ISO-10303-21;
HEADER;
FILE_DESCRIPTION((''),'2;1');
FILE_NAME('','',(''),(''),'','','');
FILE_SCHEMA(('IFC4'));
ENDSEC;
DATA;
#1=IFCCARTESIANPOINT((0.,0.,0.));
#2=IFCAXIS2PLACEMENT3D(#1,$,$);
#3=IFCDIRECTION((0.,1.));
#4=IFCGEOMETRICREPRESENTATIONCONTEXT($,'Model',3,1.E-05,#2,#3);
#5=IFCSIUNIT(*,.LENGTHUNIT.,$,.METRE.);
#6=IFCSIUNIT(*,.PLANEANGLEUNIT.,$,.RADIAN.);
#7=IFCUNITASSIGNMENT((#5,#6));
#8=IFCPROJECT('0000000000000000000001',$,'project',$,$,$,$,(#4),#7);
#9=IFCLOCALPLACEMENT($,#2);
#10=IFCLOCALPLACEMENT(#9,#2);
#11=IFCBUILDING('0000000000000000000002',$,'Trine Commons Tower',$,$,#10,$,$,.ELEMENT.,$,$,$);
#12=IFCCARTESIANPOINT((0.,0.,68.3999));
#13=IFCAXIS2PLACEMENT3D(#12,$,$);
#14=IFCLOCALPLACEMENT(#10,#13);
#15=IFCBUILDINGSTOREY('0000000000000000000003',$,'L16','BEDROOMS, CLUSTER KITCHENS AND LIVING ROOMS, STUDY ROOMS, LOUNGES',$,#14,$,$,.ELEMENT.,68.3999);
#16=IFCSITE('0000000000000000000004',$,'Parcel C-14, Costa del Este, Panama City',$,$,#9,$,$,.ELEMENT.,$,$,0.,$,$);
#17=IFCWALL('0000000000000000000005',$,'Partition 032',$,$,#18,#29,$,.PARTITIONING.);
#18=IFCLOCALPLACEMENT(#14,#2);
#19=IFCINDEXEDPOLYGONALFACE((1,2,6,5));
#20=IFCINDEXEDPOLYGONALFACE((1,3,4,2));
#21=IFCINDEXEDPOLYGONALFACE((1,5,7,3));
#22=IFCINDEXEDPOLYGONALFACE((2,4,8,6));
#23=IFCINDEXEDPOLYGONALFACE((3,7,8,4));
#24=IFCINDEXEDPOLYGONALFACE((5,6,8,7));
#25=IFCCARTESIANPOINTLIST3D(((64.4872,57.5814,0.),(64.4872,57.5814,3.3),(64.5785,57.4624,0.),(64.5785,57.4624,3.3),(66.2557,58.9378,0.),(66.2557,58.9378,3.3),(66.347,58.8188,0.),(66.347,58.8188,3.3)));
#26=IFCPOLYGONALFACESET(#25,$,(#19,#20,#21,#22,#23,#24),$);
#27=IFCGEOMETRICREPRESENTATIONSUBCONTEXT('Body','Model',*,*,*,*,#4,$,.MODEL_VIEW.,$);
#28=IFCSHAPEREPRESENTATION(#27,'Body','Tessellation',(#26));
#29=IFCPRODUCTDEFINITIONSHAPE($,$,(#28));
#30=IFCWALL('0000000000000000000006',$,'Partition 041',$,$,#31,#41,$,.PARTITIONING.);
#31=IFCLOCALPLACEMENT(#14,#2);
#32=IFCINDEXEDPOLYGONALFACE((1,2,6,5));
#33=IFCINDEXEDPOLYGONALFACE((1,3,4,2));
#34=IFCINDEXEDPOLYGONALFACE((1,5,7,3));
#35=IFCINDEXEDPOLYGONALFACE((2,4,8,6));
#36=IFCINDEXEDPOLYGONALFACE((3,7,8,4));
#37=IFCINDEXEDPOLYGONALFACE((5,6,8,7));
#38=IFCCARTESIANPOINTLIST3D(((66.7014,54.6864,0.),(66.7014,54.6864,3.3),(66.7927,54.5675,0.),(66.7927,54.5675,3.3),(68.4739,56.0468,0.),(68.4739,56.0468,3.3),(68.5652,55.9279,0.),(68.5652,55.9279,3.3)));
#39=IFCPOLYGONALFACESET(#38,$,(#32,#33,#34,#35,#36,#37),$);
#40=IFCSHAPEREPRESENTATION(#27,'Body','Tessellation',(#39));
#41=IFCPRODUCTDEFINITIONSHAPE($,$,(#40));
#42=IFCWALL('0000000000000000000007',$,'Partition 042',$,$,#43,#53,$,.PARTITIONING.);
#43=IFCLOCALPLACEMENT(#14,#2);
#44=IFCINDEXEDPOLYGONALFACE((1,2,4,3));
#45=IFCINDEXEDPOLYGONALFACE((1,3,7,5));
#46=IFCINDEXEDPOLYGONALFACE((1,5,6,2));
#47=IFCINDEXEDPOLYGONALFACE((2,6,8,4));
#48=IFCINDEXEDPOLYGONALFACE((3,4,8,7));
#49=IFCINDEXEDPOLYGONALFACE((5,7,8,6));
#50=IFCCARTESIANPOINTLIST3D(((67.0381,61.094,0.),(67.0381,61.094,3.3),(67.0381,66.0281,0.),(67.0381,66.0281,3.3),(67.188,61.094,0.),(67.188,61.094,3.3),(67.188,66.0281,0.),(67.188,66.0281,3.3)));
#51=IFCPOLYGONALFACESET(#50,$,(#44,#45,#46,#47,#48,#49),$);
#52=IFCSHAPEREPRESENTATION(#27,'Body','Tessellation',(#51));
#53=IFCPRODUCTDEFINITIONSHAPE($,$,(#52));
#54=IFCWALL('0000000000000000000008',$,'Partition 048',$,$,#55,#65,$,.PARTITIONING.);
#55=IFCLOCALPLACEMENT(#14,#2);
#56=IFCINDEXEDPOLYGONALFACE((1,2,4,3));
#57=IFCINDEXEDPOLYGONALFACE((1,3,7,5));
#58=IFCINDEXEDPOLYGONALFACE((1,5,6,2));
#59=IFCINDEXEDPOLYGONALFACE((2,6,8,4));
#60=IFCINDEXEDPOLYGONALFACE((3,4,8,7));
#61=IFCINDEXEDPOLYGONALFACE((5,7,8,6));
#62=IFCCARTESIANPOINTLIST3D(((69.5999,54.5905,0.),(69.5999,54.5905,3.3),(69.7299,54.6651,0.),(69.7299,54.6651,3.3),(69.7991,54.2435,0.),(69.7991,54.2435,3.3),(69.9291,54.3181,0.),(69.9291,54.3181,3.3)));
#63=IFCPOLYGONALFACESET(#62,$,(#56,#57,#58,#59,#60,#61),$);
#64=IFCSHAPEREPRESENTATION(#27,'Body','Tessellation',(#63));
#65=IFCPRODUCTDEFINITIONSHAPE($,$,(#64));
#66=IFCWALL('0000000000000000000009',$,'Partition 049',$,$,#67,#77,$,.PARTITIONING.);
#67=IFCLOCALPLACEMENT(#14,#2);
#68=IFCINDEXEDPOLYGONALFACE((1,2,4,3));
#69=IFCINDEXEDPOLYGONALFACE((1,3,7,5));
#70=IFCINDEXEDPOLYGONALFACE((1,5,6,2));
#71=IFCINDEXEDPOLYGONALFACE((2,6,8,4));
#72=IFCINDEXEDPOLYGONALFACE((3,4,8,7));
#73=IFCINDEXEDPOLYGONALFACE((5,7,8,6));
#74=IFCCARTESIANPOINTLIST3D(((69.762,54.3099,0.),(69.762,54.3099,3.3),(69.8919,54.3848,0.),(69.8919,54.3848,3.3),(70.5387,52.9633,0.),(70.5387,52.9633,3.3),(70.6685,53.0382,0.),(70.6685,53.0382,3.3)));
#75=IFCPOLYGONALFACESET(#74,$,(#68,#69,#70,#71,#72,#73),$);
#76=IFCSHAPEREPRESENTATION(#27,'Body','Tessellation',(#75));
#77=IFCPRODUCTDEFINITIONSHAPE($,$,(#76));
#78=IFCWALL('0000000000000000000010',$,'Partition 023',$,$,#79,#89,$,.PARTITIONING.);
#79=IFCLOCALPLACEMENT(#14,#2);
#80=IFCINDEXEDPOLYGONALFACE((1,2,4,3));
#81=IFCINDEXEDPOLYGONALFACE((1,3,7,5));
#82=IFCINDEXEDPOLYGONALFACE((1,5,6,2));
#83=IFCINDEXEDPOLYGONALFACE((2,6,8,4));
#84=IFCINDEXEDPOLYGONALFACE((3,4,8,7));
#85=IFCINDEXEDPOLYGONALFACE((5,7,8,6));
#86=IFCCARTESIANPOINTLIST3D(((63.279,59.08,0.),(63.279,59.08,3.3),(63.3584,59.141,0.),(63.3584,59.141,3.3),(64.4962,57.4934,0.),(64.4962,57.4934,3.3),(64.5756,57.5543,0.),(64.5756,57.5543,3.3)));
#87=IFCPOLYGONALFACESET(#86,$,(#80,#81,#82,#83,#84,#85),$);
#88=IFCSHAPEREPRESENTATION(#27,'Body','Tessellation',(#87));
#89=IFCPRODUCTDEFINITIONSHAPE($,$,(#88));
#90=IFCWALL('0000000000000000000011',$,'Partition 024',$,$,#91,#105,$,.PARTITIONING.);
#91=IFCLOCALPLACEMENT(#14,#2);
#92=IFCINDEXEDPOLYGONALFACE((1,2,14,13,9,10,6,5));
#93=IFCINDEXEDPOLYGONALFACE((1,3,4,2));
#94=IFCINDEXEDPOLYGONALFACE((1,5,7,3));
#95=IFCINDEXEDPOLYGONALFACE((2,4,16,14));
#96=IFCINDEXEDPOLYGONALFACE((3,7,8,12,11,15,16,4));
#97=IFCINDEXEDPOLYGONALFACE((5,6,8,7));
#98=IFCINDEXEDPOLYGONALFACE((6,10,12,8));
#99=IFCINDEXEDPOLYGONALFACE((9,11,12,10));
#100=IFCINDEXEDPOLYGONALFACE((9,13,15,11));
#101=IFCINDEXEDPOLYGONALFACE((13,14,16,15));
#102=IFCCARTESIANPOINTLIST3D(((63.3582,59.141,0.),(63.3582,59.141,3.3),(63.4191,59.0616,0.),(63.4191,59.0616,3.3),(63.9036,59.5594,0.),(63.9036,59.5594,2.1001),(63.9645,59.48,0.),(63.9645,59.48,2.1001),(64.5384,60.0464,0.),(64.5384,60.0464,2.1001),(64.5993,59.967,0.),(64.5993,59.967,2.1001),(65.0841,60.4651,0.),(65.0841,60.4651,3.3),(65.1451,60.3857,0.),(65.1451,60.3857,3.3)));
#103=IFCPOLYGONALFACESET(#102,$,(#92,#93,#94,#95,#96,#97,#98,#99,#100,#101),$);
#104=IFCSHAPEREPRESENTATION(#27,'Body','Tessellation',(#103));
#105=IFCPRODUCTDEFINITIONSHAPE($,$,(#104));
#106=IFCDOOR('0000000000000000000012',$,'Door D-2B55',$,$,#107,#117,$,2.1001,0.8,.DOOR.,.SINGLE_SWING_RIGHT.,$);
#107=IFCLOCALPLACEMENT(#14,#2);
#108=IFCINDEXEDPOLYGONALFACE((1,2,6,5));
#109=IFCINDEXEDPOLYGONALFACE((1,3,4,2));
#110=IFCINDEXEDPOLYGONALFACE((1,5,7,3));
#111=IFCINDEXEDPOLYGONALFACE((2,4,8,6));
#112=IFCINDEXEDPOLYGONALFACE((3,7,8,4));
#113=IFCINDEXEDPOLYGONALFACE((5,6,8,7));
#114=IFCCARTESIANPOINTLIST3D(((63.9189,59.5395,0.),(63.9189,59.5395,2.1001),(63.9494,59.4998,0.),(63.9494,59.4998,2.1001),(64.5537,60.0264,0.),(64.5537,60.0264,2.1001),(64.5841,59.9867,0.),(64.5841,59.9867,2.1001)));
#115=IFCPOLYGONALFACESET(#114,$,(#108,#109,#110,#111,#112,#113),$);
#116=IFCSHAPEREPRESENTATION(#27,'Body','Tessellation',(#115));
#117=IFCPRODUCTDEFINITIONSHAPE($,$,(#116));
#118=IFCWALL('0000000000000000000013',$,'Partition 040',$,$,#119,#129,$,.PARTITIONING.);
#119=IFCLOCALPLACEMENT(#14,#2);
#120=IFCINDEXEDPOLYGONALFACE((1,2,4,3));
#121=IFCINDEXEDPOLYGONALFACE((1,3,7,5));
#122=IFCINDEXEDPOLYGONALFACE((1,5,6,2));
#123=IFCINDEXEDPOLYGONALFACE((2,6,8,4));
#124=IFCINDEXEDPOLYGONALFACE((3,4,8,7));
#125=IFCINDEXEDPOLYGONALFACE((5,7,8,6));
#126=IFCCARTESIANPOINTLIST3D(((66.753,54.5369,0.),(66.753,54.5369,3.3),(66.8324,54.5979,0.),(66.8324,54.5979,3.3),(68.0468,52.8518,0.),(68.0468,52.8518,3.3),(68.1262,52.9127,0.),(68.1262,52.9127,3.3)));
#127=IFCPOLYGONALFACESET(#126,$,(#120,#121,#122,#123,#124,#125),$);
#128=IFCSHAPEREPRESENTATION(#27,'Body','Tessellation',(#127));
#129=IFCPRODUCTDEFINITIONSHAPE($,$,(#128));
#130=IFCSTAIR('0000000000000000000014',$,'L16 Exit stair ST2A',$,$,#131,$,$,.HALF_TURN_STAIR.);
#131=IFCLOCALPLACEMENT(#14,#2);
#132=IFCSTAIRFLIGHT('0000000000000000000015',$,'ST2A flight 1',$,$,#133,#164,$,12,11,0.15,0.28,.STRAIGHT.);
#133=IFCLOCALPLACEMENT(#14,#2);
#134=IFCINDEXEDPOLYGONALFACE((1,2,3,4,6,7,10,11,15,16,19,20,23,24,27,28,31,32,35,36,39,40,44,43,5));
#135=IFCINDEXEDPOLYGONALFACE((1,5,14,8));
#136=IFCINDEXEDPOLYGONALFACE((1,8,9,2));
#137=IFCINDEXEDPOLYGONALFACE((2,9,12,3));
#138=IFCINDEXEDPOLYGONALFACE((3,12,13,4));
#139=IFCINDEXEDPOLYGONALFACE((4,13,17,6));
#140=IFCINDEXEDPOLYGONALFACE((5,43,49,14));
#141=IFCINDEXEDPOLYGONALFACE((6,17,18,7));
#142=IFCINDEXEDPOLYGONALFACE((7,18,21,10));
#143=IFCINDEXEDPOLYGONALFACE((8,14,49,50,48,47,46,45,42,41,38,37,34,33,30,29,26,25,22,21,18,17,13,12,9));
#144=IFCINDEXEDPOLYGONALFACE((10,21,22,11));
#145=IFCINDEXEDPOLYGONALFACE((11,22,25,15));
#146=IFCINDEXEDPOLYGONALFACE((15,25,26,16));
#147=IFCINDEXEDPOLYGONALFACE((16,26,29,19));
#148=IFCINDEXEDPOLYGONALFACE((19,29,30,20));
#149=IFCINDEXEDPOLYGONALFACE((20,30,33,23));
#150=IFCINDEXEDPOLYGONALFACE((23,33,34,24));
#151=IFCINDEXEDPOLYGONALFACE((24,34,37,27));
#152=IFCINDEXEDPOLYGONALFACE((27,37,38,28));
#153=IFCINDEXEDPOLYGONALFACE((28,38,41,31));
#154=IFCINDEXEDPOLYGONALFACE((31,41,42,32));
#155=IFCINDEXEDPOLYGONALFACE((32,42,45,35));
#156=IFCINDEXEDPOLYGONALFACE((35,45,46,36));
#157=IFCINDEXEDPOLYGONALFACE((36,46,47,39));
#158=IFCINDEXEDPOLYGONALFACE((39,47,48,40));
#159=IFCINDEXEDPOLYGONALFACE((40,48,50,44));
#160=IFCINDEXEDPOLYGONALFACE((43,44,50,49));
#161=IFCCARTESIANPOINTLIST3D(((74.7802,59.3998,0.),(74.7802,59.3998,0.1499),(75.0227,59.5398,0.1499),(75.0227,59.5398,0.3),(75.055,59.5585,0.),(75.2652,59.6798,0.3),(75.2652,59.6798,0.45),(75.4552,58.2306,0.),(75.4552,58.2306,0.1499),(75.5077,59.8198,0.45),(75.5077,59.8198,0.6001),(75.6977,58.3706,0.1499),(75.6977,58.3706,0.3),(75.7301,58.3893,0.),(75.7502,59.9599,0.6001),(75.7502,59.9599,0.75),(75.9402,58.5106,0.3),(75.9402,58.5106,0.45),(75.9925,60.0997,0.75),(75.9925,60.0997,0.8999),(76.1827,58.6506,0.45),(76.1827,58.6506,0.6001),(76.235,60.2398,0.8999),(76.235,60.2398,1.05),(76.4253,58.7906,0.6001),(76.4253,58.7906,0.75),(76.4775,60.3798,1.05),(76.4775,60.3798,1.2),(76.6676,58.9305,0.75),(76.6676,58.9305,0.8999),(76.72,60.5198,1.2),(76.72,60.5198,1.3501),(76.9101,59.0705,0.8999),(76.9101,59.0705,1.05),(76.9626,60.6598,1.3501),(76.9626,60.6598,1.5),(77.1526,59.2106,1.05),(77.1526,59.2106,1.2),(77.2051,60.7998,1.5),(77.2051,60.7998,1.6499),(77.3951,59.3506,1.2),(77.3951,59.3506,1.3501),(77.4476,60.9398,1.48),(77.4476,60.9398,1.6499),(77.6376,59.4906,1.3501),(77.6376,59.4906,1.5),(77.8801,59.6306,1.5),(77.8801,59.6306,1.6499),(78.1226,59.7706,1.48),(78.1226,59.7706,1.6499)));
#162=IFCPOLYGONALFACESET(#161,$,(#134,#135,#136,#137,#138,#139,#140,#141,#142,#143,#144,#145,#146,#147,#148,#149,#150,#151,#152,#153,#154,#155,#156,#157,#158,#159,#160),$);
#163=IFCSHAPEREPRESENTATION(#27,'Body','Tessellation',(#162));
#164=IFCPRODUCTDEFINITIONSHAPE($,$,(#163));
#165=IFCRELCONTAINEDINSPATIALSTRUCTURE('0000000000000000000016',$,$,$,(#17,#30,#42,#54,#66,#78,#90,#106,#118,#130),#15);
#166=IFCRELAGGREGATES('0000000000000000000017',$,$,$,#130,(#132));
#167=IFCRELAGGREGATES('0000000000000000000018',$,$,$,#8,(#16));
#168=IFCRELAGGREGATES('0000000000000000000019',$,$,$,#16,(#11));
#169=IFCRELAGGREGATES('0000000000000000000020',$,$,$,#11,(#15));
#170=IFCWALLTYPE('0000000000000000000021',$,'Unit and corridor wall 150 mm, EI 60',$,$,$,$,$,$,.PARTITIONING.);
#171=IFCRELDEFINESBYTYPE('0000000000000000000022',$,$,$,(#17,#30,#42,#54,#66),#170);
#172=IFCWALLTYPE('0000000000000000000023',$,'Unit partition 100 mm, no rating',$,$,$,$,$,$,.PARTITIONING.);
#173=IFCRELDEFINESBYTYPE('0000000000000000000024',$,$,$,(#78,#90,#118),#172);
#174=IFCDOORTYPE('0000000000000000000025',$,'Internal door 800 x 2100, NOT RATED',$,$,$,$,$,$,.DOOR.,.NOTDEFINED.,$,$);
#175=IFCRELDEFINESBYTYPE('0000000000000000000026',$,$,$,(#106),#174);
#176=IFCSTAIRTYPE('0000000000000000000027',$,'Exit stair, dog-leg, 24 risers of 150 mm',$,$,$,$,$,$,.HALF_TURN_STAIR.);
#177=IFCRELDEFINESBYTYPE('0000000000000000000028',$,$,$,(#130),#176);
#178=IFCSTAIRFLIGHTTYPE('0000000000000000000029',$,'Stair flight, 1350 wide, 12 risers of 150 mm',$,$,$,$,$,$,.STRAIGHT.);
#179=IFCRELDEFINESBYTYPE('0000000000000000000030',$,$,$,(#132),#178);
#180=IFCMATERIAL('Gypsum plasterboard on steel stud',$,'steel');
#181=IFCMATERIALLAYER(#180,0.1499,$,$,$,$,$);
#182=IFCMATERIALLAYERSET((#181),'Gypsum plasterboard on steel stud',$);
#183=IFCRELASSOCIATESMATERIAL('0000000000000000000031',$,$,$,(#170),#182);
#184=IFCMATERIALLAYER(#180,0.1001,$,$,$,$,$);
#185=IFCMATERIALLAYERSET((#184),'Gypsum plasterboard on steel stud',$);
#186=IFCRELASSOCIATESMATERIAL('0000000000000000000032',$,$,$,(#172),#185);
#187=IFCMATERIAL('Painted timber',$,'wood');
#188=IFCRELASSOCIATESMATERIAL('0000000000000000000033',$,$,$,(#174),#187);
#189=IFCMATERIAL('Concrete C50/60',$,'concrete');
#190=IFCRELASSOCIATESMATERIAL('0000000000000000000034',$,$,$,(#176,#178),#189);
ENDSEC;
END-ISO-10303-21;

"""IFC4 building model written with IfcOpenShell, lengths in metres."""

from ifc_helpers import new_model, si_unit, direction, frame, frame_2d, origin, place, context, subcontext, project, spatial, polyline, rectangle, outline, extrude, material, layer, layer_set, type_object, element, fill, aggregate, save


model = new_model("IFC4")

# Units and contexts
model_context = context("Model", 3, precision=1e-05, world=origin(), true_north=direction((0.0, 1.0)))
body_context = subcontext(model_context, "Body", "Model", "MODEL_VIEW")
ifc_project = project(units=[si_unit("LENGTHUNIT", "METRE"), si_unit("PLANEANGLEUNIT", "RADIAN")], contexts=[model_context])

# Site, building, storey
site_placement = place(None, origin())
site = spatial("IfcSite", under=ifc_project, at=site_placement, Name="Parcel C-14, Costa del Este, Panama City", CompositionType="ELEMENT", RefElevation=0.0)
building_placement = place(site_placement, origin())
building = spatial("IfcBuilding", under=site, at=building_placement, Name="Trine Commons Tower", CompositionType="ELEMENT")
storey_placement = place(building_placement, frame((0.0, 0.0, 68.3999)))
storey = spatial("IfcBuildingStorey", under=building, at=storey_placement, Name="L16", Description="BEDROOMS, CLUSTER KITCHENS AND LIVING ROOMS, STUDY ROOMS, LOUNGES", CompositionType="ELEMENT", Elevation=68.3999)

# Walls
ifc_material_1 = material(Name="Gypsum plasterboard on steel stud", Category="steel")
ifc_layer_1 = layer(ifc_material_1, 0.1499)
ifc_layer_set_1 = layer_set([ifc_layer_1], Name="Gypsum plasterboard on steel stud")
wall_type_1 = type_object("IfcWallType", Name="Unit and corridor wall 150 mm, EI 60", PredefinedType="PARTITIONING", material=ifc_layer_set_1)
wall_1_placement = place(storey_placement, frame((64.533, 57.522, 0.0), z_axis=(0.0, 0.0, 1.0), x_axis=(0.793486, 0.608588, 0.0)))
element("IfcWall", 1, at=wall_1_placement, inside=storey, type_object=wall_type_1, Name="Partition 032", PredefinedType="PARTITIONING", context=body_context, shape_type="SweptSolid", body=[
    extrude(rectangle(XDim=2.2288, YDim=0.1499, at=frame_2d((1.1143, 0.0))), origin(), (0.0, 0.0, 1.0), 3.3),
])
wall_2_placement = place(storey_placement, frame((66.7471, 54.627, 0.0), z_axis=(0.0, 0.0, 1.0), x_axis=(0.79329, 0.608844, 0.0)))
element("IfcWall", 2, at=wall_2_placement, inside=storey, type_object=wall_type_1, Name="Partition 041", PredefinedType="PARTITIONING", context=body_context, shape_type="SweptSolid", body=[
    extrude(rectangle(XDim=2.2344, YDim=0.1499, at=frame_2d((1.1172, 0.0))), origin(), (0.0, 0.0, 1.0), 3.3),
])
wall_3_placement = place(storey_placement, frame((67.113, 61.094, 0.0), z_axis=(0.0, 0.0, 1.0), x_axis=(0.0, 1.0, 0.0)))
element("IfcWall", 3, at=wall_3_placement, inside=storey, type_object=wall_type_1, Name="Partition 042", PredefinedType="PARTITIONING", context=body_context, shape_type="SweptSolid", body=[
    extrude(rectangle(XDim=4.9341, YDim=0.1499, at=frame_2d((2.467, 0.0))), origin(), (0.0, 0.0, 1.0), 3.3),
])
wall_4_placement = place(storey_placement, frame((69.6648, 54.6279, 0.0), z_axis=(0.0, 0.0, 1.0), x_axis=(0.497978, -0.86719, 0.0)))
element("IfcWall", 4, at=wall_4_placement, inside=storey, type_object=wall_type_1, Name="Partition 048", PredefinedType="PARTITIONING", context=body_context, shape_type="SweptSolid", body=[
    extrude(rectangle(XDim=0.4001, YDim=0.1499, at=frame_2d((0.2002, 0.0))), origin(), (0.0, 0.0, 1.0), 3.3),
])
wall_5_placement = place(storey_placement, frame((69.8269, 54.3474, 0.0), z_axis=(0.0, 0.0, 1.0), x_axis=(0.499636, -0.866235, 0.0)))
element("IfcWall", 5, at=wall_5_placement, inside=storey, type_object=wall_type_1, Name="Partition 049", PredefinedType="PARTITIONING", context=body_context, shape_type="SweptSolid", body=[
    extrude(rectangle(XDim=1.5544, YDim=0.1499, at=frame_2d((0.7773, 0.0))), origin(), (0.0, 0.0, 1.0), 3.3),
])
ifc_layer_2 = layer(ifc_material_1, 0.1001)
ifc_layer_set_2 = layer_set([ifc_layer_2], Name="Gypsum plasterboard on steel stud")
wall_type_2 = type_object("IfcWallType", Name="Unit partition 100 mm, no rating", PredefinedType="PARTITIONING", material=ifc_layer_set_2)
wall_6_placement = place(storey_placement, frame((63.3186, 59.1106, 0.0), z_axis=(0.0, 0.0, 1.0), x_axis=(0.608695, -0.793404, 0.0)))
element("IfcWall", 6, at=wall_6_placement, inside=storey, type_object=wall_type_2, Name="Partition 023", PredefinedType="PARTITIONING", context=body_context, shape_type="SweptSolid", body=[
    extrude(rectangle(XDim=1.9998, YDim=0.1001, at=frame_2d((1.0, 0.0))), origin(), (0.0, 0.0, 1.0), 3.3),
])

# Wall, opening, door
wall_7_placement = place(storey_placement, frame((63.3887, 59.1013, 0.0), z_axis=(0.0, 0.0, 1.0), x_axis=(0.79342, 0.608674, 0.0)))
wall_7 = element("IfcWall", 7, at=wall_7_placement, inside=storey, type_object=wall_type_2, Name="Partition 024", PredefinedType="PARTITIONING", context=body_context, shape_type="SweptSolid", body=[
    extrude(rectangle(XDim=2.1753, YDim=0.1001, at=frame_2d((1.0876, 0.0))), origin(), (0.0, 0.0, 1.0), 3.3),
])
opening_1_placement = place(wall_7_placement, frame((0.6875, 0.0, 0.0)))
opening_1 = element("IfcOpeningElement", 8, at=opening_1_placement, cuts=wall_7, PredefinedType="OPENING", context=body_context, shape_type="SweptSolid", body=[
    extrude(rectangle(XDim=0.8, YDim=2.1001, at=frame_2d((0.3999, 1.05))), frame((0.0, 0.0601, 0.0), z_axis=(0.0, -1.0, 0.0), x_axis=(1.0, 0.0, 0.0)), (0.0, 0.0, 1.0), 0.1201),
])
ifc_material_2 = material(Name="Painted timber", Category="wood")
door_type_1 = type_object("IfcDoorType", Name="Internal door 800 x 2100, NOT RATED", OperationType="NOTDEFINED", PredefinedType="DOOR", material=ifc_material_2)
door_1_placement = place(opening_1_placement, origin())
door_1 = element("IfcDoor", 9, at=door_1_placement, inside=storey, type_object=door_type_1, Name="Door D-2B55", OperationType="SINGLE_SWING_RIGHT", OverallHeight=2.1001, OverallWidth=0.8, PredefinedType="DOOR", context=body_context, shape_type="SweptSolid", body=[
    extrude(rectangle(XDim=0.8, YDim=2.1001, at=frame_2d((0.3999, 1.05))), frame((0.0, 0.0249, 0.0), z_axis=(0.0, -1.0, 0.0), x_axis=(1.0, 0.0, 0.0)), (0.0, 0.0, 1.0), 0.05),
])
fill(opening_1, door_1)

# Wall
wall_8_placement = place(storey_placement, frame((66.7927, 54.5674, 0.0), z_axis=(0.0, 0.0, 1.0), x_axis=(0.608972, -0.793192, 0.0)))
element("IfcWall", 10, at=wall_8_placement, inside=storey, type_object=wall_type_2, Name="Partition 040", PredefinedType="PARTITIONING", context=body_context, shape_type="SweptSolid", body=[
    extrude(rectangle(XDim=2.1245, YDim=0.1001, at=frame_2d((1.0623, 0.0))), origin(), (0.0, 0.0, 1.0), 3.3),
])

# Stair, stair flight
ifc_material_3 = material(Name="Concrete C50/60", Category="concrete")
stair_type = type_object("IfcStairType", Name="Exit stair, dog-leg, 24 risers of 150 mm", PredefinedType="HALF_TURN_STAIR", material=ifc_material_3)
stair_placement = place(storey_placement, origin())
stair = element("IfcStair", 11, at=stair_placement, inside=storey, type_object=stair_type, Name="L16 Exit stair ST2A", PredefinedType="HALF_TURN_STAIR")
stair_flight_type = type_object("IfcStairFlightType", Name="Stair flight, 1350 wide, 12 risers of 150 mm", PredefinedType="STRAIGHT", material=ifc_material_3)
stair_flight_1_placement = place(storey_placement, frame((75.1177, 58.8152, 0.0), z_axis=(0.0, 0.0, 1.0), x_axis=(0.866025, 0.5, 0.0)))
stair_flight_1 = element("IfcStairFlight", 12, at=stair_flight_1_placement, type_object=stair_flight_type, Name="ST2A flight 1", NumberOfRisers=12, NumberOfTreads=11, PredefinedType="STRAIGHT", RiserHeight=0.15, TreadLength=0.28, context=body_context, shape_type="SweptSolid", body=[
    extrude(outline(polyline([(0.0, 0.0), (0.0, 0.1499), (0.28, 0.1499), (0.28, 0.3), (0.5601, 0.3), (0.5601, 0.45), (0.8401, 0.45), (0.8401, 0.6001), (1.1201, 0.6001), (1.1201, 0.75), (1.3999, 0.75), (1.3999, 0.8999), (1.6799, 0.8999), (1.6799, 1.05), (1.96, 1.05), (1.96, 1.2), (2.24, 1.2), (2.24, 1.3501), (2.52, 1.3501), (2.52, 1.5), (2.8, 1.5), (2.8, 1.6499), (3.0801, 1.6499), (3.0801, 1.8), (3.0801, 1.48), (0.3174, 0.0), (0.0, 0.0)])), frame((0.0, 0.675, 0.0), z_axis=(0.0, -1.0, 0.0), x_axis=(1.0, 0.0, 0.0)), (0.0, 0.0, 1.0), 1.3501),
])
aggregate(stair, [stair_flight_1])

save(model, "model.ifc")
